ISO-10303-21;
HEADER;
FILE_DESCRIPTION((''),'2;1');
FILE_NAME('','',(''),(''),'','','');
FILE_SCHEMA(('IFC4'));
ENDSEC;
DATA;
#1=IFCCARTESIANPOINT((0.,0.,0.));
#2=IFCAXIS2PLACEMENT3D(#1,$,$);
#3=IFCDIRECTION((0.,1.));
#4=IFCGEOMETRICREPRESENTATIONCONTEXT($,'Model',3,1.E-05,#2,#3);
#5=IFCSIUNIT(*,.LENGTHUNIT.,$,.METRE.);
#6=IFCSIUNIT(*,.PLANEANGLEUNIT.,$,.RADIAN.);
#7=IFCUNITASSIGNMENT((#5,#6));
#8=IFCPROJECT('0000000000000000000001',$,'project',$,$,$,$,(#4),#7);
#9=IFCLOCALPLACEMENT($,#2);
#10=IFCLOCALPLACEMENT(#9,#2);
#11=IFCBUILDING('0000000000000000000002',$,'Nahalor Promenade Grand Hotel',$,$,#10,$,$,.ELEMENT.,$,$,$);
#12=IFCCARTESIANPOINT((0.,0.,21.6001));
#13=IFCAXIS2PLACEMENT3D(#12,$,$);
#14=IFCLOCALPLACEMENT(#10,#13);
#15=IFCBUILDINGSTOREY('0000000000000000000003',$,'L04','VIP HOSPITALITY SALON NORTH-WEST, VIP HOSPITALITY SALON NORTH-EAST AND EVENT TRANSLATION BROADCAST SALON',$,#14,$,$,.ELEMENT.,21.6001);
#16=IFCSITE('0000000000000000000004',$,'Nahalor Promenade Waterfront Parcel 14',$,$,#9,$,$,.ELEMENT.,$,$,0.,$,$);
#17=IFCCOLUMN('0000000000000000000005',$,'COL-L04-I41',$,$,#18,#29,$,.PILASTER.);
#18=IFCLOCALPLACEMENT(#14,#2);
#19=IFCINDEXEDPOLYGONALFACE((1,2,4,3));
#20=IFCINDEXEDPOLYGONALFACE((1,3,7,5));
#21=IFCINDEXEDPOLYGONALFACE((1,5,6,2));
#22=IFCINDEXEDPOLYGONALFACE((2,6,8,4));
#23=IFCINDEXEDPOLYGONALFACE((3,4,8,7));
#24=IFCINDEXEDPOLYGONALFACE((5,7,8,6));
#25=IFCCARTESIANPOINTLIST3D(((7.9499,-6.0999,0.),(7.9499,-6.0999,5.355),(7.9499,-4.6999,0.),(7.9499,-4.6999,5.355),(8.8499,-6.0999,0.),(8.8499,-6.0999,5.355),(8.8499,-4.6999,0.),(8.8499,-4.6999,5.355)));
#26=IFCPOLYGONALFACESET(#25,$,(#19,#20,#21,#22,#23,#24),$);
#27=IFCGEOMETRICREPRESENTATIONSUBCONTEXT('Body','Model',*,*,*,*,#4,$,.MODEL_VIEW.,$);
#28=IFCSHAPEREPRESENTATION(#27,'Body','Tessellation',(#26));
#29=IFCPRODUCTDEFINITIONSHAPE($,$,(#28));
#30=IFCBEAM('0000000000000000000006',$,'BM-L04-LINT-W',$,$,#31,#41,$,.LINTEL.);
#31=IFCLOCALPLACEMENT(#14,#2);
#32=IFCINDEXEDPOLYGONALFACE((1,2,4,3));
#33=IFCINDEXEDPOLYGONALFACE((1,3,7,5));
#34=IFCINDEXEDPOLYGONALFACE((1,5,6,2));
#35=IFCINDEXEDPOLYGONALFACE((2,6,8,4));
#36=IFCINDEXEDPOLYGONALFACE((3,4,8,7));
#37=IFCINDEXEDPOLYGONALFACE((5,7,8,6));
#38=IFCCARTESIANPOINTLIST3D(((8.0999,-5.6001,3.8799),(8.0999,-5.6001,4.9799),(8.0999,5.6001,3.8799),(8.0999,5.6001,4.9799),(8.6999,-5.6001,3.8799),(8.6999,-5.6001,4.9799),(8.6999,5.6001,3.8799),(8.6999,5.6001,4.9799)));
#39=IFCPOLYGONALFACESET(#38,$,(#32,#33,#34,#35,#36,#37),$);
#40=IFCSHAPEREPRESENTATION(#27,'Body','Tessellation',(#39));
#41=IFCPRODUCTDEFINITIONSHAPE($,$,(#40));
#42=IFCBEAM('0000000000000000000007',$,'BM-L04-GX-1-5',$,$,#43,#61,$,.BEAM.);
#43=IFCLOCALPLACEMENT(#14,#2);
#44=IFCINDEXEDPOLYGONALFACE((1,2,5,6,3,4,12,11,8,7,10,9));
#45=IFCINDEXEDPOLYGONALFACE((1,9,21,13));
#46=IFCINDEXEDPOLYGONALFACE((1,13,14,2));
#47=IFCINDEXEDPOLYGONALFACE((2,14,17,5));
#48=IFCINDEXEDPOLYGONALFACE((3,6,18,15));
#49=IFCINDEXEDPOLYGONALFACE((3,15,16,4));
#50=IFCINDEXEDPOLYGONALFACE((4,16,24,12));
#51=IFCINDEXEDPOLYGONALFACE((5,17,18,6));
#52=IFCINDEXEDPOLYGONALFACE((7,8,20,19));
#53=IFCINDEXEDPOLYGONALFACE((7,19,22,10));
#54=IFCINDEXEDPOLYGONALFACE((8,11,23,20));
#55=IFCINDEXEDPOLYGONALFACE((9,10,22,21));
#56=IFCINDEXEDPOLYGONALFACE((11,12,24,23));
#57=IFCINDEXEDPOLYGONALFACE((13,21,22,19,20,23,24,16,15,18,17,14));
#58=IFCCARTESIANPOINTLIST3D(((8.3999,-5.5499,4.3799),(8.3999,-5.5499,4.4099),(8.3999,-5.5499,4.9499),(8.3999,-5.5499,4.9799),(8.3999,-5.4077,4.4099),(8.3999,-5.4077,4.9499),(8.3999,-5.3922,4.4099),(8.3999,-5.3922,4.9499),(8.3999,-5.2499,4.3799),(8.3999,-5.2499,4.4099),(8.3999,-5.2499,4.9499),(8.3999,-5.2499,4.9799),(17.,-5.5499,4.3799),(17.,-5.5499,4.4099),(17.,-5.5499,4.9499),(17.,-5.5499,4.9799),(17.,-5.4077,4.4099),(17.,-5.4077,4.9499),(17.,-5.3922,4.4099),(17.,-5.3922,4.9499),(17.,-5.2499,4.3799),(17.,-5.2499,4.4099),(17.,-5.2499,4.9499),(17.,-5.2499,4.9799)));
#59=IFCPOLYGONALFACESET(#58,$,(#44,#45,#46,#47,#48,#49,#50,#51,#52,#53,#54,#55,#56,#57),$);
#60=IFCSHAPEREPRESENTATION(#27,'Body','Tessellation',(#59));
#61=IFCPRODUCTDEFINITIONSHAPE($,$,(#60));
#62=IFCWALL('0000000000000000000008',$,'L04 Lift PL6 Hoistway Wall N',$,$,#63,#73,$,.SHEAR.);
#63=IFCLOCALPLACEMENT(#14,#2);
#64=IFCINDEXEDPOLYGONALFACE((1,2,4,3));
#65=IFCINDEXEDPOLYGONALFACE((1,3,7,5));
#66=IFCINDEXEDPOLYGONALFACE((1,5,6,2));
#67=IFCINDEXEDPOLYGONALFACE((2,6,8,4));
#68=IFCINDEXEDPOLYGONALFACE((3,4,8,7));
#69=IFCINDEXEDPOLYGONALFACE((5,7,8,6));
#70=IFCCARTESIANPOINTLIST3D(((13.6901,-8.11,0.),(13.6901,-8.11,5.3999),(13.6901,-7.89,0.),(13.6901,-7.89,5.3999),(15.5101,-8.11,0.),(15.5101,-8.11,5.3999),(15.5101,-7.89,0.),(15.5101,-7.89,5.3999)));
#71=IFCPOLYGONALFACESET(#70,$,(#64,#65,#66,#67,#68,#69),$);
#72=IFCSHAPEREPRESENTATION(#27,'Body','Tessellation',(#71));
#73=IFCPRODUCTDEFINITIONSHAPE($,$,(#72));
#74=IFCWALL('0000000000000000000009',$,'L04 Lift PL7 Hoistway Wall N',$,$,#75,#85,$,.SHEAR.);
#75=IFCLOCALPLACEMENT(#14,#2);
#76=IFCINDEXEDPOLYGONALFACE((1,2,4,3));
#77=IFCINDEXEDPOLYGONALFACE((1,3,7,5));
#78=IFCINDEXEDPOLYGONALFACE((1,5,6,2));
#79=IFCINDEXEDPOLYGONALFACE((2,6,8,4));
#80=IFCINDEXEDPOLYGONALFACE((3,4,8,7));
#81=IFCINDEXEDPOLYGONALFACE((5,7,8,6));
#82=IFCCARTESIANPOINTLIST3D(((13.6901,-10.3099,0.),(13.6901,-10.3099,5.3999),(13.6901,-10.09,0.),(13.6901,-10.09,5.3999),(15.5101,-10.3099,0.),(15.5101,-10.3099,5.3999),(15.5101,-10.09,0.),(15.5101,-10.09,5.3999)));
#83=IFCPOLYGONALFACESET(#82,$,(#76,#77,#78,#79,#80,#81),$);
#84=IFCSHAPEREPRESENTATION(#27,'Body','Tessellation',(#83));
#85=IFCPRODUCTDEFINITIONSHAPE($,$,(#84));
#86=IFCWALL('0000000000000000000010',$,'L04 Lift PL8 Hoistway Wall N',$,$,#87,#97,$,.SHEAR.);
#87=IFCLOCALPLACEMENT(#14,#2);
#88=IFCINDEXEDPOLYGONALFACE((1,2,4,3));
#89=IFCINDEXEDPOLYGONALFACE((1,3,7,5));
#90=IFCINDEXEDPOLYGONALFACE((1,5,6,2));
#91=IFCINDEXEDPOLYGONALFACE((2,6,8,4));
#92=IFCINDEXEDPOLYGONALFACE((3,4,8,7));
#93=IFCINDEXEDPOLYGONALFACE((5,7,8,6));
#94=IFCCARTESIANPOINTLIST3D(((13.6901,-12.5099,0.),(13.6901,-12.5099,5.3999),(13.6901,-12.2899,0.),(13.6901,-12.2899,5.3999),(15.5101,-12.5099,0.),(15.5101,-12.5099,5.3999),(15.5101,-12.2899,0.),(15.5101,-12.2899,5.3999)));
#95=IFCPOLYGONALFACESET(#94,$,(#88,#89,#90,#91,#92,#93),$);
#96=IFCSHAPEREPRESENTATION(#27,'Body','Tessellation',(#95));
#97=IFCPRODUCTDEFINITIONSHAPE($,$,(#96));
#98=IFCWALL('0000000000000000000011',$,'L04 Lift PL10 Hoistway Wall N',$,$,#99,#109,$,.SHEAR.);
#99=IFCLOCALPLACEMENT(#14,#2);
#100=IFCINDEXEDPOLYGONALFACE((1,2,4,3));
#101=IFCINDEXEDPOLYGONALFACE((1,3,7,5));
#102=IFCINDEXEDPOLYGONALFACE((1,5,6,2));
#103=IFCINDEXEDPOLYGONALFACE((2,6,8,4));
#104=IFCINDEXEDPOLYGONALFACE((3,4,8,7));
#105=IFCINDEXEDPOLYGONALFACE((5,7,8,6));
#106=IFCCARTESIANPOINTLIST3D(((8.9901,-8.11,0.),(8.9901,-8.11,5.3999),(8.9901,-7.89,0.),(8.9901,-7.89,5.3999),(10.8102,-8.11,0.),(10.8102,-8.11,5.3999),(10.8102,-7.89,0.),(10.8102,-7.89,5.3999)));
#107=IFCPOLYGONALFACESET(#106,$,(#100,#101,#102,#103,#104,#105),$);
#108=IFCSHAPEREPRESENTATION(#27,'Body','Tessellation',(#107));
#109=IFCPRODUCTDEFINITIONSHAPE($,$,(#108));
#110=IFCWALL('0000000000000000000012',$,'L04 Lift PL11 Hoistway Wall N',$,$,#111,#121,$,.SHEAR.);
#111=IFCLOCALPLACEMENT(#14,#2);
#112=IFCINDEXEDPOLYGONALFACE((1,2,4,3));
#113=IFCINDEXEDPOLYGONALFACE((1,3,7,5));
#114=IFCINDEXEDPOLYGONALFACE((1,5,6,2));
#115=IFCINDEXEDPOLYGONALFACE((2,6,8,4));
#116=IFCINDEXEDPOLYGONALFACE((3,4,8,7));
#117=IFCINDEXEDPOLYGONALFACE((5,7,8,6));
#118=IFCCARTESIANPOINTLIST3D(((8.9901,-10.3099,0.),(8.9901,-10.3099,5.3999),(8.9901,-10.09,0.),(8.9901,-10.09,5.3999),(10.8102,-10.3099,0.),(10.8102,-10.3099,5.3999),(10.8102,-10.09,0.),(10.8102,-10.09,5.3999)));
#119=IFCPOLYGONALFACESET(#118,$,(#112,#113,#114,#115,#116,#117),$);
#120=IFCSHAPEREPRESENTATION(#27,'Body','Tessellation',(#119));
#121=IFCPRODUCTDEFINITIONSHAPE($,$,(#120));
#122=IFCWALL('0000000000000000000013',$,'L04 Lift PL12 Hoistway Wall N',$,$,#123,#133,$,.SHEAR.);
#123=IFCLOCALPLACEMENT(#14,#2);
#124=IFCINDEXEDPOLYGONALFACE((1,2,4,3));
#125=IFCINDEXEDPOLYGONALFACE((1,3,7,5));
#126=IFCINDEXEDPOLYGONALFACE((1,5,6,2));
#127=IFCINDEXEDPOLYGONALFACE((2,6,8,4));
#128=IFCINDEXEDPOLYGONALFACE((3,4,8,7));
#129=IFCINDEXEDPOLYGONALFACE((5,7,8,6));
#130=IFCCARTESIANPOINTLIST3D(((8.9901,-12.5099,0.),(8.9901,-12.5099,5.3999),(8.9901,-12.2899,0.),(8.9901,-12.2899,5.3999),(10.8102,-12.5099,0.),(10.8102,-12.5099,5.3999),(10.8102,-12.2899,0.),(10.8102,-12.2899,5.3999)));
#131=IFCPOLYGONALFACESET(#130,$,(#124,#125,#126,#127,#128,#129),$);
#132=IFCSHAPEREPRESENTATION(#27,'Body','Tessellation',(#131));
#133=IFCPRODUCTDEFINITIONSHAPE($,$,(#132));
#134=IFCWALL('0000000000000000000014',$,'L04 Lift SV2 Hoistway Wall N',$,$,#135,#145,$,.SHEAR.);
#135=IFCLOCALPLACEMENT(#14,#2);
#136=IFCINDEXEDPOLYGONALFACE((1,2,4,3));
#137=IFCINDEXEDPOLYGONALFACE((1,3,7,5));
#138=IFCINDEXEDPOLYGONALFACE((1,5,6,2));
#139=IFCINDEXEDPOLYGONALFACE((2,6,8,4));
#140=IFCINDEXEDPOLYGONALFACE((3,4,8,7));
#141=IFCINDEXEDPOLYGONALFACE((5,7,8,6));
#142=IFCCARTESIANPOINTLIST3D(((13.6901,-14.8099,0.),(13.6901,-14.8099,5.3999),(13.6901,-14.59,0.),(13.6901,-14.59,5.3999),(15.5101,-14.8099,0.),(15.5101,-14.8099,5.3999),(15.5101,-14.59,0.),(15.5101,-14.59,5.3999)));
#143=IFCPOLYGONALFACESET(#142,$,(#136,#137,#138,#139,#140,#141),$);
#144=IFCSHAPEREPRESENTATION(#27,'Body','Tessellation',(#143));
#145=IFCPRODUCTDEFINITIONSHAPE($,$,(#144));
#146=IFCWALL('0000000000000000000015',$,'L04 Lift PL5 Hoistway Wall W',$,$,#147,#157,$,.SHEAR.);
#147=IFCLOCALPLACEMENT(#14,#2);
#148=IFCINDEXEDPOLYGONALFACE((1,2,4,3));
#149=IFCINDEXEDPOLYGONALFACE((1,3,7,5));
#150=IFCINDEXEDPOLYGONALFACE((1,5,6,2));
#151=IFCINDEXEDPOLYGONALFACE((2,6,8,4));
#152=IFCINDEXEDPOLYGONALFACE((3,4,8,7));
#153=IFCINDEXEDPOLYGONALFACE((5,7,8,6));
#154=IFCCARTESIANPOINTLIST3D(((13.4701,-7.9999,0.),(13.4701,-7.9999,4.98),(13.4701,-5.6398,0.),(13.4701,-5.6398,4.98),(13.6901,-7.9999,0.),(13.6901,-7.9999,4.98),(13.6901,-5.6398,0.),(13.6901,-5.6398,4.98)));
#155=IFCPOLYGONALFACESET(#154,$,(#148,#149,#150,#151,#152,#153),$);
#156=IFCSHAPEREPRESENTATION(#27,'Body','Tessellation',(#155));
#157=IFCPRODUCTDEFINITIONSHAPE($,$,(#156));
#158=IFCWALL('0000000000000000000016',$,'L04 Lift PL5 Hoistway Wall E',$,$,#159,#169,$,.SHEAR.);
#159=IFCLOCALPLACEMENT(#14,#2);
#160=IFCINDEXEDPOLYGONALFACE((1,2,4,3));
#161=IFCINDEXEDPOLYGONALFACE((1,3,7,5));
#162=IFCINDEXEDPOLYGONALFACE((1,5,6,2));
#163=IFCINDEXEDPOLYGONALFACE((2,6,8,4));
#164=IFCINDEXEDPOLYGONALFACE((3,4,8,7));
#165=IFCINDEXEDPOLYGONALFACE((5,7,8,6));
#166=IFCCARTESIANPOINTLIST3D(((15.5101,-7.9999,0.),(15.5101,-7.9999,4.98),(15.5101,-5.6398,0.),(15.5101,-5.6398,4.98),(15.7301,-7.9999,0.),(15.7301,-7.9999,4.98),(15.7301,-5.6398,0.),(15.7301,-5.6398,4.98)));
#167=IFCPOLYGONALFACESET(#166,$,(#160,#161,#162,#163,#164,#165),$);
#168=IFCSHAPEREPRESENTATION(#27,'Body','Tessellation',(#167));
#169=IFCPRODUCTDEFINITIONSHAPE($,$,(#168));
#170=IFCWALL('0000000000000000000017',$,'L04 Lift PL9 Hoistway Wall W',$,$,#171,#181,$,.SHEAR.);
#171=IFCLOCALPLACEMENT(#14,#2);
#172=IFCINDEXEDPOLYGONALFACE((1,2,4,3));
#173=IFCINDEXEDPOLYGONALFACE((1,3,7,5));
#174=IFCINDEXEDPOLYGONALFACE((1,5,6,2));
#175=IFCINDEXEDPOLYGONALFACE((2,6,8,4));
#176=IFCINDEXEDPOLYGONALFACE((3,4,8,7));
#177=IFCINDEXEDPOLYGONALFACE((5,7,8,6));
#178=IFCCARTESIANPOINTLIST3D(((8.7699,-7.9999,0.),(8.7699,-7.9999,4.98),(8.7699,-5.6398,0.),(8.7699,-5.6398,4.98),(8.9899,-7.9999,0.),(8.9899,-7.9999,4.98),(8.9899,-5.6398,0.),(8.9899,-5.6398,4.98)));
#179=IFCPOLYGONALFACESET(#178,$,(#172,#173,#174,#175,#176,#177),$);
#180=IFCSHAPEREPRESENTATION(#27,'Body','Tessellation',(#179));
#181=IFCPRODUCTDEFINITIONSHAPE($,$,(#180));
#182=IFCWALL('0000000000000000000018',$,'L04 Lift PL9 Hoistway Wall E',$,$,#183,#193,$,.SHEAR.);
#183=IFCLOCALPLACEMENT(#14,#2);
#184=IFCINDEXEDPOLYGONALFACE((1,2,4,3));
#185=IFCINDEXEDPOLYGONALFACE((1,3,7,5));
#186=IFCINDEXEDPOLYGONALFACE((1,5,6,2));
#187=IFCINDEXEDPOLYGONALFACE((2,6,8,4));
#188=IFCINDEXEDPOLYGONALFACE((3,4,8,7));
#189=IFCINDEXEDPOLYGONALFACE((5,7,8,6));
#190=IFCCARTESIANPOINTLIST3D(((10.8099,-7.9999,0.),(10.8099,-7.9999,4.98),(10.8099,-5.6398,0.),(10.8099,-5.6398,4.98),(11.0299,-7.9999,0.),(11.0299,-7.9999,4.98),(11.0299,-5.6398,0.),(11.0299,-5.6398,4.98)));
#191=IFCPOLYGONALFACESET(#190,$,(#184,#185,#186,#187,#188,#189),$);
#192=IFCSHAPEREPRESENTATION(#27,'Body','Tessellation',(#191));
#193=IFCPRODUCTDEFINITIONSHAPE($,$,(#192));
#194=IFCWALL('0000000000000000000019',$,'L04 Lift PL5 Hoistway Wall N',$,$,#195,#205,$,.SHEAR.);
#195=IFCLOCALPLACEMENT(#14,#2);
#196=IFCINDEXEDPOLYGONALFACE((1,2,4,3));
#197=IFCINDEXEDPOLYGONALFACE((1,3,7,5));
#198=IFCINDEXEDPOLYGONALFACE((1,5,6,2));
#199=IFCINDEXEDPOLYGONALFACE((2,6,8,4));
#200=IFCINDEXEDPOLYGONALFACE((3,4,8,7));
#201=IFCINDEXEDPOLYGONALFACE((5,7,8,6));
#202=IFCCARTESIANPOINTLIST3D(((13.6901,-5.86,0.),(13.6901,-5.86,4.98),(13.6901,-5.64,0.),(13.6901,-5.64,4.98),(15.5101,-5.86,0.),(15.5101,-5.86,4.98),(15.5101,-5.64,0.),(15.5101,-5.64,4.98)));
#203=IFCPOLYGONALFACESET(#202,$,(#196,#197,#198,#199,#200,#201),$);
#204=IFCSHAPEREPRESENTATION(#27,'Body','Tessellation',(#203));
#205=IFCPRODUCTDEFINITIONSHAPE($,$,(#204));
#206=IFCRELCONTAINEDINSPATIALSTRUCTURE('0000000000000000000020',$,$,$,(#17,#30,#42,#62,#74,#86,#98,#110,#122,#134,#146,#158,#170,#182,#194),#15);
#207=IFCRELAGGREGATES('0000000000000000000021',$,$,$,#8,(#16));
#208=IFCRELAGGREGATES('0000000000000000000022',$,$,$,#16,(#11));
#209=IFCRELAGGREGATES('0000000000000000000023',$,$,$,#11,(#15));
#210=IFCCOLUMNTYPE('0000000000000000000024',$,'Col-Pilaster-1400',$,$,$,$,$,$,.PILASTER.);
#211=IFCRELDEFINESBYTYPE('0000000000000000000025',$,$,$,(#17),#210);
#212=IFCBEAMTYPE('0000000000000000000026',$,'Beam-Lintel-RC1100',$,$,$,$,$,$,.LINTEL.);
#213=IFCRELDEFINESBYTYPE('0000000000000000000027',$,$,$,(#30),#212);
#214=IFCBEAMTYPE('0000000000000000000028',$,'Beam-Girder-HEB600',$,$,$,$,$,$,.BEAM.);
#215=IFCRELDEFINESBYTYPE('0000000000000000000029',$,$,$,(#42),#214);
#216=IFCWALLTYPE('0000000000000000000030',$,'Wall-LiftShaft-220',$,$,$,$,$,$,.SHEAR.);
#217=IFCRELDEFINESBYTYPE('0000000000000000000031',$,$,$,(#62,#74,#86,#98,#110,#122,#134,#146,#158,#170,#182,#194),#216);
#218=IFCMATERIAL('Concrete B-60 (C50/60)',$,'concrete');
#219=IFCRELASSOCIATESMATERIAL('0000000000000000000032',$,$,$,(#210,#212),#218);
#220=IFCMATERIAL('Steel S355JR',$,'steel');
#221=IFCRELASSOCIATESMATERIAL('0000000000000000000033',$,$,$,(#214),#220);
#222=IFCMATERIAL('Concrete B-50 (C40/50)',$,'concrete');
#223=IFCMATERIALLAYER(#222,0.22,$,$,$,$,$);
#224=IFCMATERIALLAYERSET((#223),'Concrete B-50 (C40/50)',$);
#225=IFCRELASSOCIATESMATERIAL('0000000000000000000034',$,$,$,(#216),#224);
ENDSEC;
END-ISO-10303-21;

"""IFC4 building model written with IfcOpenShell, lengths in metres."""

from ifc_helpers import new_model, si_unit, direction, frame, frame_2d, origin, origin_2d, place, context, subcontext, project, spatial, rectangle, i_section, extrude, source, transform, mapped, material, layer, layer_set, material_profile, profile_set, type_object, element, save


model = new_model("IFC4")

# Units and contexts
model_context = context("Model", 3, precision=1e-05, world=origin(), true_north=direction((0.0, 1.0)))
body_context = subcontext(model_context, "Body", "Model", "MODEL_VIEW")
ifc_project = project(units=[si_unit("LENGTHUNIT", "METRE"), si_unit("PLANEANGLEUNIT", "RADIAN")], contexts=[model_context])

# Site, building, storey
site_placement = place(None, origin())
site = spatial("IfcSite", under=ifc_project, at=site_placement, Name="Nahalor Promenade Waterfront Parcel 14", CompositionType="ELEMENT", RefElevation=0.0)
building_placement = place(site_placement, origin())
building = spatial("IfcBuilding", under=site, at=building_placement, Name="Nahalor Promenade Grand Hotel", CompositionType="ELEMENT")
storey_placement = place(building_placement, frame((0.0, 0.0, 21.6001)))
storey = spatial("IfcBuildingStorey", under=building, at=storey_placement, Name="L04", Description="VIP HOSPITALITY SALON NORTH-WEST, VIP HOSPITALITY SALON NORTH-EAST AND EVENT TRANSLATION BROADCAST SALON", CompositionType="ELEMENT", Elevation=21.6001)

# Column
ifc_material_1 = material(Name="Concrete B-60 (C50/60)", Category="concrete")
ifc_material_profile_1 = material_profile(ifc_material_1, rectangle(XDim=0.9, YDim=1.4, at=origin_2d()), Name="RC 900x1400")
ifc_profile_set_1 = profile_set([ifc_material_profile_1], Name="Concrete B-60 (C50/60)")
column_type = type_object("IfcColumnType", Name="Col-Pilaster-1400", PredefinedType="PILASTER", material=ifc_profile_set_1)
shared_shape_1 = source(origin(), body_context, "Body", "SweptSolid", [
    extrude(rectangle(XDim=0.9, YDim=1.4, at=origin_2d()), origin(), (0.0, 0.0, 1.0), 5.355),
])
column_placement = place(storey_placement, frame((8.3999, -5.3999, 0.0), z_axis=(0.0, 0.0, 1.0), x_axis=(1.0, 0.0, 0.0)))
element("IfcColumn", 1, at=column_placement, inside=storey, type_object=column_type, Name="COL-L04-I41", PredefinedType="PILASTER", context=body_context, shape_type="MappedRepresentation", body=[
    mapped(shared_shape_1, transform((0.0, 0.0, 0.0), scale=1.0)),
])

# Beams
ifc_material_profile_2 = material_profile(ifc_material_1, rectangle(XDim=0.6, YDim=1.1, at=origin_2d()), Name="RC 600x1100")
ifc_profile_set_2 = profile_set([ifc_material_profile_2], Name="Concrete B-60 (C50/60)")
beam_type_1 = type_object("IfcBeamType", Name="Beam-Lintel-RC1100", PredefinedType="LINTEL", material=ifc_profile_set_2)
shared_shape_2 = source(origin(), body_context, "Body", "SweptSolid", [
    extrude(rectangle(XDim=0.6, YDim=1.1, at=origin_2d()), origin(), (0.0, 0.0, 1.0), 11.2002),
])
beam_1_placement = place(storey_placement, frame((8.3999, -5.6001, 4.4299), z_axis=(0.0, 1.0, 0.0), x_axis=(-1.0, 0.0, 0.0)))
element("IfcBeam", 2, at=beam_1_placement, inside=storey, type_object=beam_type_1, Name="BM-L04-LINT-W", PredefinedType="LINTEL", context=body_context, shape_type="MappedRepresentation", body=[
    mapped(shared_shape_2, transform((0.0, 0.0, 0.0), scale=1.0)),
])
ifc_material_2 = material(Name="Steel S355JR", Category="steel")
ifc_material_profile_3 = material_profile(ifc_material_2, i_section(OverallWidth=0.3, OverallDepth=0.6, WebThickness=0.0155, FlangeThickness=0.03, at=origin_2d()), Name="HEB 600")
ifc_profile_set_3 = profile_set([ifc_material_profile_3], Name="Steel S355JR")
beam_type_2 = type_object("IfcBeamType", Name="Beam-Girder-HEB600", PredefinedType="BEAM", material=ifc_profile_set_3)
shared_shape_3 = source(origin(), body_context, "Body", "SweptSolid", [
    extrude(i_section(OverallWidth=0.3, OverallDepth=0.6, WebThickness=0.0155, FlangeThickness=0.03, at=origin_2d()), origin(), (0.0, 0.0, 1.0), 8.6001),
])
beam_2_placement = place(storey_placement, frame((8.3999, -5.3999, 4.6799), z_axis=(1.0, 0.0, 0.0), x_axis=(0.0, 1.0, 0.0)))
element("IfcBeam", 3, at=beam_2_placement, inside=storey, type_object=beam_type_2, Name="BM-L04-GX-1-5", PredefinedType="BEAM", context=body_context, shape_type="MappedRepresentation", body=[
    mapped(shared_shape_3, transform((0.0, 0.0, 0.0), scale=1.0)),
])

# Walls
ifc_material_3 = material(Name="Concrete B-50 (C40/50)", Category="concrete")
ifc_layer_1 = layer(ifc_material_3, 0.22)
ifc_layer_set_1 = layer_set([ifc_layer_1], Name="Concrete B-50 (C40/50)")
wall_type_1 = type_object("IfcWallType", Name="Wall-LiftShaft-220", PredefinedType="SHEAR", material=ifc_layer_set_1)
shared_shape_4 = source(origin(), body_context, "Body", "SweptSolid", [
    extrude(rectangle(XDim=1.8201, YDim=0.22, at=frame_2d((0.9102, 0.0))), origin(), (0.0, 0.0, 1.0), 5.3999),
])
for number, where, z_axis, x_axis, name in (
    (4, (13.6899, -8.0, 0.0), (0.0, 0.0, 1.0), (1.0, 0.0, 0.0), "L04 Lift PL6 Hoistway Wall N"),
    (5, (13.6899, -10.2, 0.0), (0.0, 0.0, 1.0), (1.0, 0.0, 0.0), "L04 Lift PL7 Hoistway Wall N"),
    (6, (13.6899, -12.3999, 0.0), (0.0, 0.0, 1.0), (1.0, 0.0, 0.0), "L04 Lift PL8 Hoistway Wall N"),
    (7, (8.99, -8.0, 0.0), (0.0, 0.0, 1.0), (1.0, 0.0, 0.0), "L04 Lift PL10 Hoistway Wall N"),
    (8, (8.99, -10.2, 0.0), (0.0, 0.0, 1.0), (1.0, 0.0, 0.0), "L04 Lift PL11 Hoistway Wall N"),
    (9, (8.99, -12.3999, 0.0), (0.0, 0.0, 1.0), (1.0, 0.0, 0.0), "L04 Lift PL12 Hoistway Wall N"),
    (10, (13.6899, -14.7, 0.0), (0.0, 0.0, 1.0), (1.0, 0.0, 0.0), "L04 Lift SV2 Hoistway Wall N"),
):
    element("IfcWall", number, at=place(storey_placement, frame(where, z_axis=z_axis, x_axis=x_axis)), inside=storey, type_object=wall_type_1, Name=name, PredefinedType="SHEAR", context=body_context, shape_type="MappedRepresentation", body=[
        mapped(shared_shape_4, transform((0.0, 0.0, 0.0), scale=1.0)),
    ])
shared_shape_5 = source(origin(), body_context, "Body", "SweptSolid", [
    extrude(rectangle(XDim=2.3601, YDim=0.22, at=frame_2d((1.1802, 0.0))), origin(), (0.0, 0.0, 1.0), 4.98),
])
for number, where, z_axis, x_axis, name in (
    (11, (13.5801, -8.0, 0.0), (0.0, 0.0, 1.0), (0.0, 1.0, 0.0), "L04 Lift PL5 Hoistway Wall W"),
    (12, (15.6201, -8.0, 0.0), (0.0, 0.0, 1.0), (0.0, 1.0, 0.0), "L04 Lift PL5 Hoistway Wall E"),
    (13, (8.8799, -8.0, 0.0), (0.0, 0.0, 1.0), (0.0, 1.0, 0.0), "L04 Lift PL9 Hoistway Wall W"),
    (14, (10.9199, -8.0, 0.0), (0.0, 0.0, 1.0), (0.0, 1.0, 0.0), "L04 Lift PL9 Hoistway Wall E"),
):
    element("IfcWall", number, at=place(storey_placement, frame(where, z_axis=z_axis, x_axis=x_axis)), inside=storey, type_object=wall_type_1, Name=name, PredefinedType="SHEAR", context=body_context, shape_type="MappedRepresentation", body=[
        mapped(shared_shape_5, transform((0.0, 0.0, 0.0), scale=1.0)),
    ])
shared_shape_6 = source(origin(), body_context, "Body", "SweptSolid", [
    extrude(rectangle(XDim=1.8201, YDim=0.22, at=frame_2d((0.9102, 0.0))), origin(), (0.0, 0.0, 1.0), 4.98),
])
for number, where, z_axis, x_axis, name in (
    (15, (13.6899, -5.75, 0.0), (0.0, 0.0, 1.0), (1.0, 0.0, 0.0), "L04 Lift PL5 Hoistway Wall N"),
):
    element("IfcWall", number, at=place(storey_placement, frame(where, z_axis=z_axis, x_axis=x_axis)), inside=storey, type_object=wall_type_1, Name=name, PredefinedType="SHEAR", context=body_context, shape_type="MappedRepresentation", body=[
        mapped(shared_shape_6, transform((0.0, 0.0, 0.0), scale=1.0)),
    ])

save(model, "model.ifc")
